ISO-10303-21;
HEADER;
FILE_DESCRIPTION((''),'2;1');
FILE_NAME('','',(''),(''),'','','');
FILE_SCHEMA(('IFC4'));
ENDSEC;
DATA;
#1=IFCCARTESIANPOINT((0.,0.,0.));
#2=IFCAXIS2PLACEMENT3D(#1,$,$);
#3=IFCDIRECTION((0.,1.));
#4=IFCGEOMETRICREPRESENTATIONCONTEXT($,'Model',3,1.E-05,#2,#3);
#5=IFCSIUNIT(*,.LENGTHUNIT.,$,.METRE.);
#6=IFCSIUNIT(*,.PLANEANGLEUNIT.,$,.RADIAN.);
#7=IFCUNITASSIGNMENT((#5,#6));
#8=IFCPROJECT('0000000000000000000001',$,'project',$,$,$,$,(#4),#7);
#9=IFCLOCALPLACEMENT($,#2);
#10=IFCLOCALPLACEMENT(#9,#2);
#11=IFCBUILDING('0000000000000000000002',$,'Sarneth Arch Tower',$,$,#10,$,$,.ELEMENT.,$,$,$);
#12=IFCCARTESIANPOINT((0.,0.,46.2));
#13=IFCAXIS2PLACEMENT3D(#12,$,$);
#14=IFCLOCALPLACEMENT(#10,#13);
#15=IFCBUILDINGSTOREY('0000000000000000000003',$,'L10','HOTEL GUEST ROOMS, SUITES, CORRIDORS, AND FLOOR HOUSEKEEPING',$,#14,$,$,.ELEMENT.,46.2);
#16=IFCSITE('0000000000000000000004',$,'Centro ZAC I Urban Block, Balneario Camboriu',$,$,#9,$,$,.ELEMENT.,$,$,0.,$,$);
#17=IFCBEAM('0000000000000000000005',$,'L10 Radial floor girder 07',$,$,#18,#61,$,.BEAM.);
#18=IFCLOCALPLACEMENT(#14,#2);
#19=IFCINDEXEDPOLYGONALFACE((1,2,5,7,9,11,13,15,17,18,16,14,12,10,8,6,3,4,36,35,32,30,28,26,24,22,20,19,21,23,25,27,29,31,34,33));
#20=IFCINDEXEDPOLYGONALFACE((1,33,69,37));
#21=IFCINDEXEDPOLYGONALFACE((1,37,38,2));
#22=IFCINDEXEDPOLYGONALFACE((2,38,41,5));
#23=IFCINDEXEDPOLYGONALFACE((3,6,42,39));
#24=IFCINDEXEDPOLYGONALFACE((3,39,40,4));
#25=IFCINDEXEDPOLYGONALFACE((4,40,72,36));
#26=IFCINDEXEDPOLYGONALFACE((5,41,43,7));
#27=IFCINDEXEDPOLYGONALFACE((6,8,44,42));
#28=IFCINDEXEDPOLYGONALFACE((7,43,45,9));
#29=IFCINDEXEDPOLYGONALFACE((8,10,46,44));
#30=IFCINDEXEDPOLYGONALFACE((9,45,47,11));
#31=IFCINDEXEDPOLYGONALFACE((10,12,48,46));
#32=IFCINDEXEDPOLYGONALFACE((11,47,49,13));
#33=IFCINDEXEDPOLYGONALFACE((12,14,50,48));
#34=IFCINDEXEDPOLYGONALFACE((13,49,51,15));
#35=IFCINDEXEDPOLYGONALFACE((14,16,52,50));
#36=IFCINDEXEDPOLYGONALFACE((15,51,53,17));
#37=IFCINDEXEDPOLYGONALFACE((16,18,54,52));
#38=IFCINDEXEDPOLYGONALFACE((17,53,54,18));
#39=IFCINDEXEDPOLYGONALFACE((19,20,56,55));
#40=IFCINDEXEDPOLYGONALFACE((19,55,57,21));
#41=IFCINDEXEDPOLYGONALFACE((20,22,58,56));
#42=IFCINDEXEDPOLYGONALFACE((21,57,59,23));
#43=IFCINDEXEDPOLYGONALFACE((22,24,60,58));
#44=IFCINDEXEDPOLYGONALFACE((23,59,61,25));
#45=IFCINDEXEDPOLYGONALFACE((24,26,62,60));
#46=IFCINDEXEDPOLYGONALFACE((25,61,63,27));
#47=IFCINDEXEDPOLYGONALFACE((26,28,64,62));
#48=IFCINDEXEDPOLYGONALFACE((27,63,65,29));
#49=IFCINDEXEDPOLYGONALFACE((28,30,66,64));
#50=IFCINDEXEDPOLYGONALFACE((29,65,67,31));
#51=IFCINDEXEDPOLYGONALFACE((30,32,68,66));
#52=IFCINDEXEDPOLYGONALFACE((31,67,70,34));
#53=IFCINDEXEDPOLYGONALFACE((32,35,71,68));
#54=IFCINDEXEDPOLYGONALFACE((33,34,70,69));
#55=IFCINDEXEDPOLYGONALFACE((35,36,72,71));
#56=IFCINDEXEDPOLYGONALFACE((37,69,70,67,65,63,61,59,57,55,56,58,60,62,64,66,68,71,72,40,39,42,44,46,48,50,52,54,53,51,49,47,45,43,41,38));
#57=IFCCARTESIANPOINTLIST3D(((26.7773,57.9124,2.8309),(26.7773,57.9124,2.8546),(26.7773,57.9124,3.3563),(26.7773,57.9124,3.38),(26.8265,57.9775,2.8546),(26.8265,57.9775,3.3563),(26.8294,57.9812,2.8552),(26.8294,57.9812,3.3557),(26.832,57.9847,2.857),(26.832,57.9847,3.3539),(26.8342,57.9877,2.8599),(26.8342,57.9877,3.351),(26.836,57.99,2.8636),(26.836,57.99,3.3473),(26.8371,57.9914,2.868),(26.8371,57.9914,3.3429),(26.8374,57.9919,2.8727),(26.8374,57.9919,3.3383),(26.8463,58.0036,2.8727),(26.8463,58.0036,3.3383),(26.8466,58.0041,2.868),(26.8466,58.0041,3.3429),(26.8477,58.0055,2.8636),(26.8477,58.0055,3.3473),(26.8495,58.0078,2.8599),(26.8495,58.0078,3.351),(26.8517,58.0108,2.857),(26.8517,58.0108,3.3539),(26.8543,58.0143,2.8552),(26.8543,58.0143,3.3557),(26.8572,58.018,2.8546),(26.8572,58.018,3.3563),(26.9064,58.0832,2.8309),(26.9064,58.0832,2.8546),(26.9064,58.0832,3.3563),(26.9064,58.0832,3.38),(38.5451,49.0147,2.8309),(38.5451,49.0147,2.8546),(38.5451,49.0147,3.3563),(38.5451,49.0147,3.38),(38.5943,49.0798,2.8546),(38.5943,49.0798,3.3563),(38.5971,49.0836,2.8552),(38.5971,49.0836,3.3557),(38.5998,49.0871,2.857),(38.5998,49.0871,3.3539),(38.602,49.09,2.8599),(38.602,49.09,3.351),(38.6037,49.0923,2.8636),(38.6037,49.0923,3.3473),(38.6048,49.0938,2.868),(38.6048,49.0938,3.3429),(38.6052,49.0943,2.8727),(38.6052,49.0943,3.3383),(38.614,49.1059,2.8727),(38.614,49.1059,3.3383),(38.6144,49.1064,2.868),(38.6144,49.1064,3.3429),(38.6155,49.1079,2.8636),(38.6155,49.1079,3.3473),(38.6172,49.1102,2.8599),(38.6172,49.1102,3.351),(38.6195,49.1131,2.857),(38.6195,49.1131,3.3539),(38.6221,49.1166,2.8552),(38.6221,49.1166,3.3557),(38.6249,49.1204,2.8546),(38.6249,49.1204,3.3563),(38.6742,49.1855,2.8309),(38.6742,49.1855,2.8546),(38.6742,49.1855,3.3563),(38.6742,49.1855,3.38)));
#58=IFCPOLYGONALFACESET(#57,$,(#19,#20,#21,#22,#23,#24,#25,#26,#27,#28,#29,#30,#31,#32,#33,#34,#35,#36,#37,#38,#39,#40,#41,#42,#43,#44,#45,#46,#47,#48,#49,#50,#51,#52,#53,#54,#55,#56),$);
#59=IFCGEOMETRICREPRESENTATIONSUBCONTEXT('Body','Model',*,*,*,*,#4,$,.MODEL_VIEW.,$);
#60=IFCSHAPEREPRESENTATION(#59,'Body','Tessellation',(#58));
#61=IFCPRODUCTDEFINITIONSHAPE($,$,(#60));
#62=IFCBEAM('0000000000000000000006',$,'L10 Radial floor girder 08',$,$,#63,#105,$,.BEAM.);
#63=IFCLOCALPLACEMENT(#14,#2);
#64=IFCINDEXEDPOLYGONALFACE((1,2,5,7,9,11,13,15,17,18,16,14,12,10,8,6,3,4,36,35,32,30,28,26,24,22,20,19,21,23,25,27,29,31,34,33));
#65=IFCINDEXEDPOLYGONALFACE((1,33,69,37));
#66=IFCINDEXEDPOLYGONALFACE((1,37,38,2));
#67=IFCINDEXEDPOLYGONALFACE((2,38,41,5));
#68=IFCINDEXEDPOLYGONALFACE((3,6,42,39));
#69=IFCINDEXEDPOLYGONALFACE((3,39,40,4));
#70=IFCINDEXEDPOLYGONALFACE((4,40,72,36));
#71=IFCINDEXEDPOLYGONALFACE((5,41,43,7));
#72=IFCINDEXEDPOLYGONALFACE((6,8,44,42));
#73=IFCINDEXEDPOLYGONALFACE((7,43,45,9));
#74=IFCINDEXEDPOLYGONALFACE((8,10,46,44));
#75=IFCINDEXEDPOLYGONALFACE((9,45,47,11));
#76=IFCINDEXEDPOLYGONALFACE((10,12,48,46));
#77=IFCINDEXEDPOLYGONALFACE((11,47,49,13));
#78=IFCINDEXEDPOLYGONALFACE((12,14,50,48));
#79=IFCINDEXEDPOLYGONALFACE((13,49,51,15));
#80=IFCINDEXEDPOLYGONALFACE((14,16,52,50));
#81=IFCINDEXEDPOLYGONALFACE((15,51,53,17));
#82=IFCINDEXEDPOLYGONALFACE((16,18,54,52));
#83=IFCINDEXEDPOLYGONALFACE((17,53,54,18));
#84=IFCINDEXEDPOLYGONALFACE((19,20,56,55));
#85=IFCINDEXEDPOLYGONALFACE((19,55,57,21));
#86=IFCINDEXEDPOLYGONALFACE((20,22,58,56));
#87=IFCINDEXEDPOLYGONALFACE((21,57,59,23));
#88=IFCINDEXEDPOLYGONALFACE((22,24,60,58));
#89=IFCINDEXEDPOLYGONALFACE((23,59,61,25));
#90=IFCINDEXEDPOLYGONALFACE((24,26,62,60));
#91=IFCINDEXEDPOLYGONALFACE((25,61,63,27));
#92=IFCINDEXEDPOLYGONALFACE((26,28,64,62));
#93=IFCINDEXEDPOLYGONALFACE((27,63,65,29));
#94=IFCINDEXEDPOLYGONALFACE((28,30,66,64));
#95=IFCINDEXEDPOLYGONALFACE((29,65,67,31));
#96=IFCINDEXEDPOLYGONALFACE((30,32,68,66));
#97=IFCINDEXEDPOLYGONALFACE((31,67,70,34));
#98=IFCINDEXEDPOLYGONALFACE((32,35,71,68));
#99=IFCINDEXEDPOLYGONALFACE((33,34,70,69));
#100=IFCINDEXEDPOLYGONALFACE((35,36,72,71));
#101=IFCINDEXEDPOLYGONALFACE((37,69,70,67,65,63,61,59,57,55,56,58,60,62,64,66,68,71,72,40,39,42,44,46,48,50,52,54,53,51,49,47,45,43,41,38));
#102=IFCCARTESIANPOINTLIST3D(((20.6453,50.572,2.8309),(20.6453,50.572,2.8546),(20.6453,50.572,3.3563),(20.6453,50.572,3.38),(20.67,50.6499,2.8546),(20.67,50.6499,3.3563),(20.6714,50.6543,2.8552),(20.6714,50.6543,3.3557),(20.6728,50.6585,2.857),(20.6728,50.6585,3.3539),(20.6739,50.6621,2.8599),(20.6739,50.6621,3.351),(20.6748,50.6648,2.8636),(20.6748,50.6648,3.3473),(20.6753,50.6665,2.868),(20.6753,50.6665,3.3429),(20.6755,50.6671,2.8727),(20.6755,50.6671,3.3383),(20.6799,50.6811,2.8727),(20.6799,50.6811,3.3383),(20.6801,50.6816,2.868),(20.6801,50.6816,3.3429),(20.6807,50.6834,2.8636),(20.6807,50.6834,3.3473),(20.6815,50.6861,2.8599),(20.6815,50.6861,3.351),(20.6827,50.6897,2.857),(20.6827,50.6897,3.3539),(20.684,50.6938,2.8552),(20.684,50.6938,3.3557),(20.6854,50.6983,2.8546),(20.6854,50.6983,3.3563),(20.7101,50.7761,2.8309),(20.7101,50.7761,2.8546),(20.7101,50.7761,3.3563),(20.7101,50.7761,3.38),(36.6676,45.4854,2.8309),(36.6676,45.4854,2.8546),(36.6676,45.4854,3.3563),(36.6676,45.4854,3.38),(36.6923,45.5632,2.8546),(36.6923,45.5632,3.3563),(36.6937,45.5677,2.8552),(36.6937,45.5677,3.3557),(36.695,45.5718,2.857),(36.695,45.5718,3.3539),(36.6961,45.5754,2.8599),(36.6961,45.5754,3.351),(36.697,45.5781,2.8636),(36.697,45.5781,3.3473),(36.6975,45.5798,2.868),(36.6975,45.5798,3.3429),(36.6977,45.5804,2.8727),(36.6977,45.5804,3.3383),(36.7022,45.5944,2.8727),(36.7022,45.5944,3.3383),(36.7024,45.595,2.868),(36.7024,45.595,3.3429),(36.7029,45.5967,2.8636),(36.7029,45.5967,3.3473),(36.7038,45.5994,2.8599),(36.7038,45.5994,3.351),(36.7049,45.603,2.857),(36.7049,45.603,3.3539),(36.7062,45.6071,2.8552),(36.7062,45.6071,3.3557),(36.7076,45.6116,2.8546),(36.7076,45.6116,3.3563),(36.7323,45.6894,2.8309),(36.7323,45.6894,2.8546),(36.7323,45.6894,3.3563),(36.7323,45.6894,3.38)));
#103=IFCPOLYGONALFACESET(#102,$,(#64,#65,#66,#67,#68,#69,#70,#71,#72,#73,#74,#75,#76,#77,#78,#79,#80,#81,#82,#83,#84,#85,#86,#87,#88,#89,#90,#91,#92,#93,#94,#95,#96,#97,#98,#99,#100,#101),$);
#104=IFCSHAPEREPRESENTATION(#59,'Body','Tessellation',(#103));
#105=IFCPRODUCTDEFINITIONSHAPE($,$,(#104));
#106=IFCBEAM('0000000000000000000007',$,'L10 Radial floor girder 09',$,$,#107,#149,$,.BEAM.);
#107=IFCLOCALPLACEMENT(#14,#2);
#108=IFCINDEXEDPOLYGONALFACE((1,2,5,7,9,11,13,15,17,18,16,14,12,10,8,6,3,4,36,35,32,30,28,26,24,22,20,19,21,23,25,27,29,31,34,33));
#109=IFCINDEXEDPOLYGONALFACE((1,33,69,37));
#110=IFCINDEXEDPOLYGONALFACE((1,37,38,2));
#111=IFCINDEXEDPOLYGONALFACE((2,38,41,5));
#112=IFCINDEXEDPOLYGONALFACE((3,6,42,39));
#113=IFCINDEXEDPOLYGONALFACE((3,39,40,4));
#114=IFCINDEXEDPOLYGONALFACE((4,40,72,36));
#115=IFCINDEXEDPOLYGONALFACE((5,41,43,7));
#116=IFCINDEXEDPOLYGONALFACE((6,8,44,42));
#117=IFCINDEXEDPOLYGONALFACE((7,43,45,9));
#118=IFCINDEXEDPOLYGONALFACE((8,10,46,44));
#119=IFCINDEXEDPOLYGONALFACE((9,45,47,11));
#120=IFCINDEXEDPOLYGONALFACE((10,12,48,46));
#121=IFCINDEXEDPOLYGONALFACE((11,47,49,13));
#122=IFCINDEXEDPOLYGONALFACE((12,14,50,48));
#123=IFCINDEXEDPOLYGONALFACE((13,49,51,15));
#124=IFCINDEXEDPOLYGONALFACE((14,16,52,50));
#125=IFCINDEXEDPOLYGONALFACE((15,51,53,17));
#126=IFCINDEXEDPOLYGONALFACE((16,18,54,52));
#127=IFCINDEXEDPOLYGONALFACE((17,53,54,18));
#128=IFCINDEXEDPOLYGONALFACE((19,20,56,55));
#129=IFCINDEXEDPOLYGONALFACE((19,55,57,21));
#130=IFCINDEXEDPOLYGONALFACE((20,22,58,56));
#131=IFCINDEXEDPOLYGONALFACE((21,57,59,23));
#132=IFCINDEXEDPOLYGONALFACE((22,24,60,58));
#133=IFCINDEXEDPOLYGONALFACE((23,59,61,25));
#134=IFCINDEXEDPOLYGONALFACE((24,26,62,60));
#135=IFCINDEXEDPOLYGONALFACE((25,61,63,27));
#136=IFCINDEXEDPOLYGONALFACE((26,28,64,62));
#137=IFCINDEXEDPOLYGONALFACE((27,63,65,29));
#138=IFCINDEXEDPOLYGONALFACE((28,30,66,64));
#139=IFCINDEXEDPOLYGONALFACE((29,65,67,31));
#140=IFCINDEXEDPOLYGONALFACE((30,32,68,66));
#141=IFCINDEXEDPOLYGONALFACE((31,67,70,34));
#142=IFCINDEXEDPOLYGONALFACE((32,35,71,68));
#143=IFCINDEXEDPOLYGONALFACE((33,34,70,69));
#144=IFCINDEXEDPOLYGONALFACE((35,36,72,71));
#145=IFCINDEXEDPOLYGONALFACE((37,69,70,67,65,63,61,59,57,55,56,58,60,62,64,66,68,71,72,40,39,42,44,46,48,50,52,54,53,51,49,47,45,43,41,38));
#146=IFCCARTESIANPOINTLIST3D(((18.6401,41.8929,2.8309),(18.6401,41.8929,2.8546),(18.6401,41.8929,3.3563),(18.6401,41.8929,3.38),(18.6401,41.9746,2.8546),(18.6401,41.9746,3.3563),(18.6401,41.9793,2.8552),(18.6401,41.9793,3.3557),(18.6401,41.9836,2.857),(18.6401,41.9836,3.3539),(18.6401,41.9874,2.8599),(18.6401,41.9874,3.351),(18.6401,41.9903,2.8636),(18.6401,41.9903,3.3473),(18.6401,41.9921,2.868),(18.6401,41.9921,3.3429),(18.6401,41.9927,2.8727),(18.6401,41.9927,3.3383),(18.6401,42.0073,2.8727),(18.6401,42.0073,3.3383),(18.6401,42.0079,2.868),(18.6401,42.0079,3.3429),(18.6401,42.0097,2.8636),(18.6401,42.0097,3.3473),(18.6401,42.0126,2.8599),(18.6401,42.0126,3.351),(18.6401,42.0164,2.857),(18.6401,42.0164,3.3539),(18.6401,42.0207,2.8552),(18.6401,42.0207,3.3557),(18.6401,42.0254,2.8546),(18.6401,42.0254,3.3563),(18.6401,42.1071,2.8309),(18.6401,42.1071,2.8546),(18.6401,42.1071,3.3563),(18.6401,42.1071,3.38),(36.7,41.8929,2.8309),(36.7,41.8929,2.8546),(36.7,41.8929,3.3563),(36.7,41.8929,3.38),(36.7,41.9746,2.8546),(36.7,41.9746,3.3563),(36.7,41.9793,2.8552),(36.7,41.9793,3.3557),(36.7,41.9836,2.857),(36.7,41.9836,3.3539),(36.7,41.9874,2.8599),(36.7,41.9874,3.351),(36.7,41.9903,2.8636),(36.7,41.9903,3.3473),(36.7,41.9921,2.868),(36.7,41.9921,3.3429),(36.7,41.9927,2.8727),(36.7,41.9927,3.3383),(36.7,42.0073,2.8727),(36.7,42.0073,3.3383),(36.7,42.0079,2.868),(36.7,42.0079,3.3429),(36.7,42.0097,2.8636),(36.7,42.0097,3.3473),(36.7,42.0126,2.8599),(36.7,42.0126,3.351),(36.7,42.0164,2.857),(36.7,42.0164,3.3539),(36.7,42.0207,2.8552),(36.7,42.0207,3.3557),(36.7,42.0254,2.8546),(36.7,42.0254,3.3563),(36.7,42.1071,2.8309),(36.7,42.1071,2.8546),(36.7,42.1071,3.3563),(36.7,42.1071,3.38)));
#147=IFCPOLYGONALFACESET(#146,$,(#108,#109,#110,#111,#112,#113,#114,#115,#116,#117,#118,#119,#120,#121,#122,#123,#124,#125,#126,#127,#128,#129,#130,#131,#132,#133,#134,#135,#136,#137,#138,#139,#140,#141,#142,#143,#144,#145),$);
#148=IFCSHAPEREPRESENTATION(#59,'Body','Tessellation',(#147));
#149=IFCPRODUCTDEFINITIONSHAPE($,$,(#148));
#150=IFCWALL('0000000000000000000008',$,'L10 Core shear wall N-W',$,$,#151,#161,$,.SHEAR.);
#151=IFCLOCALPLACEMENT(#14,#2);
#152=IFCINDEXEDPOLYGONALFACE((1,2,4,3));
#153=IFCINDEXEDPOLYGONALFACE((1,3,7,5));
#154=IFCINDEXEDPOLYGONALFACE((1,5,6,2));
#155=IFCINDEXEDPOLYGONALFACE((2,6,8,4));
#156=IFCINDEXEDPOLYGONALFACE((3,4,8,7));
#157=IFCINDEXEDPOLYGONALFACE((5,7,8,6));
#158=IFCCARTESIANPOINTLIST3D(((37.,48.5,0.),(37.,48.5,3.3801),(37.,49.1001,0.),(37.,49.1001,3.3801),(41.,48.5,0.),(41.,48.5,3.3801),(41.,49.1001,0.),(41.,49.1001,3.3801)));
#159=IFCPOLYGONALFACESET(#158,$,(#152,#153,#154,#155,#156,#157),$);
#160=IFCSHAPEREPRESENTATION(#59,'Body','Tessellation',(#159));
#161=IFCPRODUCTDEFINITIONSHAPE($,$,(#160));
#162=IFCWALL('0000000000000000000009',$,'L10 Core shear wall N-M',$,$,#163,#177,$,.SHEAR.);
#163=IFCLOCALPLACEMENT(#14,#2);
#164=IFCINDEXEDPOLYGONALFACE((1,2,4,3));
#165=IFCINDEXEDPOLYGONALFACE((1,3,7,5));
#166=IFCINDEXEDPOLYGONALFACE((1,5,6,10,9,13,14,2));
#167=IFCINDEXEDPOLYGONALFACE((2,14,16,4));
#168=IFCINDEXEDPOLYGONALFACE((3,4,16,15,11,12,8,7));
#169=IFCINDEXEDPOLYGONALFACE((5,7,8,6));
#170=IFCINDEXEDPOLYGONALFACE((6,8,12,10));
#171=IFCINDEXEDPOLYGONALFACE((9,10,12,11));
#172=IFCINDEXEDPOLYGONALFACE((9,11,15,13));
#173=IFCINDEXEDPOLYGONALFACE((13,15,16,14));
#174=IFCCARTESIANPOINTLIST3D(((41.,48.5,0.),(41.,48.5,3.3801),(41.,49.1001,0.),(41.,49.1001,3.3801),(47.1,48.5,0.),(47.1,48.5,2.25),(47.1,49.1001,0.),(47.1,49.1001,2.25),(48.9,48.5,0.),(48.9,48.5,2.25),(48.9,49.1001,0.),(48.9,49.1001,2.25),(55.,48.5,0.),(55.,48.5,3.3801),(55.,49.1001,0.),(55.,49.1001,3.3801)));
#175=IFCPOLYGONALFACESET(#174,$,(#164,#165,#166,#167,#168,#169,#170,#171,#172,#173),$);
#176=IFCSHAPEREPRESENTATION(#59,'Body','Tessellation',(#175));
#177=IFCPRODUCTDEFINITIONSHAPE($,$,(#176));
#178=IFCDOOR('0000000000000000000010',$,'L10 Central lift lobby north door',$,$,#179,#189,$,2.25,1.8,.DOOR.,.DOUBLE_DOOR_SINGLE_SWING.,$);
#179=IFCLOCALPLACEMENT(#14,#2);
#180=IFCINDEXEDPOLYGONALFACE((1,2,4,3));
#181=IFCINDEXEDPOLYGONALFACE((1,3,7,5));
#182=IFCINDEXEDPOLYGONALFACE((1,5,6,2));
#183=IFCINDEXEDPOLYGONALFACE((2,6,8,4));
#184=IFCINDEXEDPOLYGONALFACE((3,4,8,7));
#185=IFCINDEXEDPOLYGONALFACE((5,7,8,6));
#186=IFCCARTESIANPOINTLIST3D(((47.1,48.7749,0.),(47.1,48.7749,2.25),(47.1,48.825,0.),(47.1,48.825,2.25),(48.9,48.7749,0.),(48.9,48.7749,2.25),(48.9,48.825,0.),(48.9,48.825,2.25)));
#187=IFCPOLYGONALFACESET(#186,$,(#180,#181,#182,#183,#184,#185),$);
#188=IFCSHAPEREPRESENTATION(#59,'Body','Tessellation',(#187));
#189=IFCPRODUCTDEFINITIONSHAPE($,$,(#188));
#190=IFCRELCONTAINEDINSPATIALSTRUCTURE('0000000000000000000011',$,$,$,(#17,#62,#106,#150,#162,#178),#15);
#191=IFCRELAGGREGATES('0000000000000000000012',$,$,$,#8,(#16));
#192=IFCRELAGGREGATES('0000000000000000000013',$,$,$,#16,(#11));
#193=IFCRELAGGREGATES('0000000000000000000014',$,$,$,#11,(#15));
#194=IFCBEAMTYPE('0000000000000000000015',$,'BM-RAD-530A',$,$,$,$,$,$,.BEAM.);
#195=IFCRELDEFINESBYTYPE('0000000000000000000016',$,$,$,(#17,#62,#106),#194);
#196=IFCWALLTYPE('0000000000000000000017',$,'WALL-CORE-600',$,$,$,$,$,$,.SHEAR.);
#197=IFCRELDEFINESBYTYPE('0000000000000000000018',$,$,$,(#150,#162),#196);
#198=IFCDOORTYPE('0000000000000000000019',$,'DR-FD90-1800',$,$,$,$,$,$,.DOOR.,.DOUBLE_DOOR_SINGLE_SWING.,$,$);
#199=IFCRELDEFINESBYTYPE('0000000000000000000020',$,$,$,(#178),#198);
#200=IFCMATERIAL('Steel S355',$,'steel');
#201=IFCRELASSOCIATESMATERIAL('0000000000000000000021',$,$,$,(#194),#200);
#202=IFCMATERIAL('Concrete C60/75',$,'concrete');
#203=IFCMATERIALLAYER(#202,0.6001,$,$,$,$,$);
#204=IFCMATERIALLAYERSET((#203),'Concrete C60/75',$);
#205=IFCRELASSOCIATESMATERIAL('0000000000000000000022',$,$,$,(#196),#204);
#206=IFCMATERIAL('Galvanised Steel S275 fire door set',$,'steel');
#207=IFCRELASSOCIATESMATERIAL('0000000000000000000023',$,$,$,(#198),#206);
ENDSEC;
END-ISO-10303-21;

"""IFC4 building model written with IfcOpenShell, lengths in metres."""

from ifc_helpers import new_model, si_unit, direction, frame, frame_2d, origin, origin_2d, place, context, subcontext, project, spatial, rectangle, i_section, extrude, material, layer, layer_set, material_profile, profile_set, type_object, element, fill, save


model = new_model("IFC4")

# Units and contexts
model_context = context("Model", 3, precision=1e-05, world=origin(), true_north=direction((0.0, 1.0)))
body_context = subcontext(model_context, "Body", "Model", "MODEL_VIEW")
ifc_project = project(units=[si_unit("LENGTHUNIT", "METRE"), si_unit("PLANEANGLEUNIT", "RADIAN")], contexts=[model_context])

# Site, building, storey
site_placement = place(None, origin())
site = spatial("IfcSite", under=ifc_project, at=site_placement, Name="Centro ZAC I Urban Block, Balneario Camboriu", CompositionType="ELEMENT", RefElevation=0.0)
building_placement = place(site_placement, origin())
building = spatial("IfcBuilding", under=site, at=building_placement, Name="Sarneth Arch Tower", CompositionType="ELEMENT")
storey_placement = place(building_placement, frame((0.0, 0.0, 46.2)))
storey = spatial("IfcBuildingStorey", under=building, at=storey_placement, Name="L10", Description="HOTEL GUEST ROOMS, SUITES, CORRIDORS, AND FLOOR HOUSEKEEPING", CompositionType="ELEMENT", Elevation=46.2)

# Beams
ifc_material_1 = material(Name="Steel S355", Category="steel")
ifc_material_profile = material_profile(ifc_material_1, i_section(OverallWidth=0.2141, OverallDepth=0.5491, WebThickness=0.0146, FlangeThickness=0.0237, FilletRadius=0.0181, at=origin_2d()), Name="W530x138")
ifc_profile_set = profile_set([ifc_material_profile], Name="Steel S355")
beam_type = type_object("IfcBeamType", Name="BM-RAD-530A", PredefinedType="BEAM", material=ifc_profile_set)
beam_1_placement = place(storey_placement, frame((38.6096, 49.1001, 3.1055), z_axis=(-0.797657, 0.603112, 0.0), x_axis=(-0.603112, -0.797657, 0.0)))
element("IfcBeam", 1, at=beam_1_placement, inside=storey, type_object=beam_type, Name="L10 Radial floor girder 07", PredefinedType="BEAM", context=body_context, shape_type="SweptSolid", body=[
    extrude(i_section(OverallWidth=0.2141, OverallDepth=0.5491, WebThickness=0.0146, FlangeThickness=0.0237, FilletRadius=0.0181, at=origin_2d()), origin(), (0.0, 0.0, 1.0), 14.7529),
])
beam_2_placement = place(storey_placement, frame((36.7, 45.5874, 3.1055), z_axis=(-0.95312, 0.302593, 0.0), x_axis=(-0.302593, -0.95312, 0.0)))
element("IfcBeam", 2, at=beam_2_placement, inside=storey, type_object=beam_type, Name="L10 Radial floor girder 08", PredefinedType="BEAM", context=body_context, shape_type="SweptSolid", body=[
    extrude(i_section(OverallWidth=0.2141, OverallDepth=0.5491, WebThickness=0.0146, FlangeThickness=0.0237, FilletRadius=0.0181, at=origin_2d()), origin(), (0.0, 0.0, 1.0), 16.8103),
])
beam_3_placement = place(storey_placement, frame((36.7, 42.0, 3.1055), z_axis=(-1.0, 0.0, 0.0), x_axis=(0.0, -1.0, 0.0)))
element("IfcBeam", 3, at=beam_3_placement, inside=storey, type_object=beam_type, Name="L10 Radial floor girder 09", PredefinedType="BEAM", context=body_context, shape_type="SweptSolid", body=[
    extrude(i_section(OverallWidth=0.2141, OverallDepth=0.5491, WebThickness=0.0146, FlangeThickness=0.0237, FilletRadius=0.0181, at=origin_2d()), origin(), (0.0, 0.0, 1.0), 18.0598),
])

# Wall
ifc_material_2 = material(Name="Concrete C60/75", Category="concrete")
ifc_layer_1 = layer(ifc_material_2, 0.6001)
ifc_layer_set_1 = layer_set([ifc_layer_1], Name="Concrete C60/75")
wall_type_1 = type_object("IfcWallType", Name="WALL-CORE-600", PredefinedType="SHEAR", material=ifc_layer_set_1)
wall_1_placement = place(storey_placement, frame((37.0, 48.8, 0.0), z_axis=(0.0, 0.0, 1.0), x_axis=(1.0, 0.0, 0.0)))
element("IfcWall", 4, at=wall_1_placement, inside=storey, type_object=wall_type_1, Name="L10 Core shear wall N-W", PredefinedType="SHEAR", context=body_context, shape_type="SweptSolid", body=[
    extrude(rectangle(XDim=4.0, YDim=0.6001, at=frame_2d((2.0, 0.0))), origin(), (0.0, 0.0, 1.0), 3.3801),
])

# Wall, opening, door
wall_2_placement = place(storey_placement, frame((41.0, 48.8, 0.0), z_axis=(0.0, 0.0, 1.0), x_axis=(1.0, 0.0, 0.0)))
wall_2 = element("IfcWall", 5, at=wall_2_placement, inside=storey, type_object=wall_type_1, Name="L10 Core shear wall N-M", PredefinedType="SHEAR", context=body_context, shape_type="SweptSolid", body=[
    extrude(rectangle(XDim=14.0, YDim=0.6001, at=frame_2d((7.0, 0.0))), origin(), (0.0, 0.0, 1.0), 3.3801),
])
opening_1_placement = place(wall_2_placement, frame((6.1001, 0.0, 0.0)))
opening_1 = element("IfcOpeningElement", 6, at=opening_1_placement, cuts=wall_2, PredefinedType="OPENING", context=body_context, shape_type="SweptSolid", body=[
    extrude(rectangle(XDim=1.8, YDim=2.25, at=frame_2d((0.8999, 1.125))), frame((0.0, 0.3101, 0.0), z_axis=(0.0, -1.0, 0.0), x_axis=(1.0, 0.0, 0.0)), (0.0, 0.0, 1.0), 0.6201),
])
ifc_material_3 = material(Name="Galvanised Steel S275 fire door set", Category="steel")
door_type_1 = type_object("IfcDoorType", Name="DR-FD90-1800", OperationType="DOUBLE_DOOR_SINGLE_SWING", PredefinedType="DOOR", material=ifc_material_3)
door_1_placement = place(opening_1_placement, origin())
door_1 = element("IfcDoor", 7, at=door_1_placement, inside=storey, type_object=door_type_1, Name="L10 Central lift lobby north door", OperationType="DOUBLE_DOOR_SINGLE_SWING", OverallHeight=2.25, OverallWidth=1.8, PredefinedType="DOOR", context=body_context, shape_type="SweptSolid", body=[
    extrude(rectangle(XDim=1.8, YDim=2.25, at=frame_2d((0.8999, 1.125))), frame((0.0, 0.0249, 0.0), z_axis=(0.0, -1.0, 0.0), x_axis=(1.0, 0.0, 0.0)), (0.0, 0.0, 1.0), 0.05),
])
fill(opening_1, door_1)

save(model, "model.ifc")
